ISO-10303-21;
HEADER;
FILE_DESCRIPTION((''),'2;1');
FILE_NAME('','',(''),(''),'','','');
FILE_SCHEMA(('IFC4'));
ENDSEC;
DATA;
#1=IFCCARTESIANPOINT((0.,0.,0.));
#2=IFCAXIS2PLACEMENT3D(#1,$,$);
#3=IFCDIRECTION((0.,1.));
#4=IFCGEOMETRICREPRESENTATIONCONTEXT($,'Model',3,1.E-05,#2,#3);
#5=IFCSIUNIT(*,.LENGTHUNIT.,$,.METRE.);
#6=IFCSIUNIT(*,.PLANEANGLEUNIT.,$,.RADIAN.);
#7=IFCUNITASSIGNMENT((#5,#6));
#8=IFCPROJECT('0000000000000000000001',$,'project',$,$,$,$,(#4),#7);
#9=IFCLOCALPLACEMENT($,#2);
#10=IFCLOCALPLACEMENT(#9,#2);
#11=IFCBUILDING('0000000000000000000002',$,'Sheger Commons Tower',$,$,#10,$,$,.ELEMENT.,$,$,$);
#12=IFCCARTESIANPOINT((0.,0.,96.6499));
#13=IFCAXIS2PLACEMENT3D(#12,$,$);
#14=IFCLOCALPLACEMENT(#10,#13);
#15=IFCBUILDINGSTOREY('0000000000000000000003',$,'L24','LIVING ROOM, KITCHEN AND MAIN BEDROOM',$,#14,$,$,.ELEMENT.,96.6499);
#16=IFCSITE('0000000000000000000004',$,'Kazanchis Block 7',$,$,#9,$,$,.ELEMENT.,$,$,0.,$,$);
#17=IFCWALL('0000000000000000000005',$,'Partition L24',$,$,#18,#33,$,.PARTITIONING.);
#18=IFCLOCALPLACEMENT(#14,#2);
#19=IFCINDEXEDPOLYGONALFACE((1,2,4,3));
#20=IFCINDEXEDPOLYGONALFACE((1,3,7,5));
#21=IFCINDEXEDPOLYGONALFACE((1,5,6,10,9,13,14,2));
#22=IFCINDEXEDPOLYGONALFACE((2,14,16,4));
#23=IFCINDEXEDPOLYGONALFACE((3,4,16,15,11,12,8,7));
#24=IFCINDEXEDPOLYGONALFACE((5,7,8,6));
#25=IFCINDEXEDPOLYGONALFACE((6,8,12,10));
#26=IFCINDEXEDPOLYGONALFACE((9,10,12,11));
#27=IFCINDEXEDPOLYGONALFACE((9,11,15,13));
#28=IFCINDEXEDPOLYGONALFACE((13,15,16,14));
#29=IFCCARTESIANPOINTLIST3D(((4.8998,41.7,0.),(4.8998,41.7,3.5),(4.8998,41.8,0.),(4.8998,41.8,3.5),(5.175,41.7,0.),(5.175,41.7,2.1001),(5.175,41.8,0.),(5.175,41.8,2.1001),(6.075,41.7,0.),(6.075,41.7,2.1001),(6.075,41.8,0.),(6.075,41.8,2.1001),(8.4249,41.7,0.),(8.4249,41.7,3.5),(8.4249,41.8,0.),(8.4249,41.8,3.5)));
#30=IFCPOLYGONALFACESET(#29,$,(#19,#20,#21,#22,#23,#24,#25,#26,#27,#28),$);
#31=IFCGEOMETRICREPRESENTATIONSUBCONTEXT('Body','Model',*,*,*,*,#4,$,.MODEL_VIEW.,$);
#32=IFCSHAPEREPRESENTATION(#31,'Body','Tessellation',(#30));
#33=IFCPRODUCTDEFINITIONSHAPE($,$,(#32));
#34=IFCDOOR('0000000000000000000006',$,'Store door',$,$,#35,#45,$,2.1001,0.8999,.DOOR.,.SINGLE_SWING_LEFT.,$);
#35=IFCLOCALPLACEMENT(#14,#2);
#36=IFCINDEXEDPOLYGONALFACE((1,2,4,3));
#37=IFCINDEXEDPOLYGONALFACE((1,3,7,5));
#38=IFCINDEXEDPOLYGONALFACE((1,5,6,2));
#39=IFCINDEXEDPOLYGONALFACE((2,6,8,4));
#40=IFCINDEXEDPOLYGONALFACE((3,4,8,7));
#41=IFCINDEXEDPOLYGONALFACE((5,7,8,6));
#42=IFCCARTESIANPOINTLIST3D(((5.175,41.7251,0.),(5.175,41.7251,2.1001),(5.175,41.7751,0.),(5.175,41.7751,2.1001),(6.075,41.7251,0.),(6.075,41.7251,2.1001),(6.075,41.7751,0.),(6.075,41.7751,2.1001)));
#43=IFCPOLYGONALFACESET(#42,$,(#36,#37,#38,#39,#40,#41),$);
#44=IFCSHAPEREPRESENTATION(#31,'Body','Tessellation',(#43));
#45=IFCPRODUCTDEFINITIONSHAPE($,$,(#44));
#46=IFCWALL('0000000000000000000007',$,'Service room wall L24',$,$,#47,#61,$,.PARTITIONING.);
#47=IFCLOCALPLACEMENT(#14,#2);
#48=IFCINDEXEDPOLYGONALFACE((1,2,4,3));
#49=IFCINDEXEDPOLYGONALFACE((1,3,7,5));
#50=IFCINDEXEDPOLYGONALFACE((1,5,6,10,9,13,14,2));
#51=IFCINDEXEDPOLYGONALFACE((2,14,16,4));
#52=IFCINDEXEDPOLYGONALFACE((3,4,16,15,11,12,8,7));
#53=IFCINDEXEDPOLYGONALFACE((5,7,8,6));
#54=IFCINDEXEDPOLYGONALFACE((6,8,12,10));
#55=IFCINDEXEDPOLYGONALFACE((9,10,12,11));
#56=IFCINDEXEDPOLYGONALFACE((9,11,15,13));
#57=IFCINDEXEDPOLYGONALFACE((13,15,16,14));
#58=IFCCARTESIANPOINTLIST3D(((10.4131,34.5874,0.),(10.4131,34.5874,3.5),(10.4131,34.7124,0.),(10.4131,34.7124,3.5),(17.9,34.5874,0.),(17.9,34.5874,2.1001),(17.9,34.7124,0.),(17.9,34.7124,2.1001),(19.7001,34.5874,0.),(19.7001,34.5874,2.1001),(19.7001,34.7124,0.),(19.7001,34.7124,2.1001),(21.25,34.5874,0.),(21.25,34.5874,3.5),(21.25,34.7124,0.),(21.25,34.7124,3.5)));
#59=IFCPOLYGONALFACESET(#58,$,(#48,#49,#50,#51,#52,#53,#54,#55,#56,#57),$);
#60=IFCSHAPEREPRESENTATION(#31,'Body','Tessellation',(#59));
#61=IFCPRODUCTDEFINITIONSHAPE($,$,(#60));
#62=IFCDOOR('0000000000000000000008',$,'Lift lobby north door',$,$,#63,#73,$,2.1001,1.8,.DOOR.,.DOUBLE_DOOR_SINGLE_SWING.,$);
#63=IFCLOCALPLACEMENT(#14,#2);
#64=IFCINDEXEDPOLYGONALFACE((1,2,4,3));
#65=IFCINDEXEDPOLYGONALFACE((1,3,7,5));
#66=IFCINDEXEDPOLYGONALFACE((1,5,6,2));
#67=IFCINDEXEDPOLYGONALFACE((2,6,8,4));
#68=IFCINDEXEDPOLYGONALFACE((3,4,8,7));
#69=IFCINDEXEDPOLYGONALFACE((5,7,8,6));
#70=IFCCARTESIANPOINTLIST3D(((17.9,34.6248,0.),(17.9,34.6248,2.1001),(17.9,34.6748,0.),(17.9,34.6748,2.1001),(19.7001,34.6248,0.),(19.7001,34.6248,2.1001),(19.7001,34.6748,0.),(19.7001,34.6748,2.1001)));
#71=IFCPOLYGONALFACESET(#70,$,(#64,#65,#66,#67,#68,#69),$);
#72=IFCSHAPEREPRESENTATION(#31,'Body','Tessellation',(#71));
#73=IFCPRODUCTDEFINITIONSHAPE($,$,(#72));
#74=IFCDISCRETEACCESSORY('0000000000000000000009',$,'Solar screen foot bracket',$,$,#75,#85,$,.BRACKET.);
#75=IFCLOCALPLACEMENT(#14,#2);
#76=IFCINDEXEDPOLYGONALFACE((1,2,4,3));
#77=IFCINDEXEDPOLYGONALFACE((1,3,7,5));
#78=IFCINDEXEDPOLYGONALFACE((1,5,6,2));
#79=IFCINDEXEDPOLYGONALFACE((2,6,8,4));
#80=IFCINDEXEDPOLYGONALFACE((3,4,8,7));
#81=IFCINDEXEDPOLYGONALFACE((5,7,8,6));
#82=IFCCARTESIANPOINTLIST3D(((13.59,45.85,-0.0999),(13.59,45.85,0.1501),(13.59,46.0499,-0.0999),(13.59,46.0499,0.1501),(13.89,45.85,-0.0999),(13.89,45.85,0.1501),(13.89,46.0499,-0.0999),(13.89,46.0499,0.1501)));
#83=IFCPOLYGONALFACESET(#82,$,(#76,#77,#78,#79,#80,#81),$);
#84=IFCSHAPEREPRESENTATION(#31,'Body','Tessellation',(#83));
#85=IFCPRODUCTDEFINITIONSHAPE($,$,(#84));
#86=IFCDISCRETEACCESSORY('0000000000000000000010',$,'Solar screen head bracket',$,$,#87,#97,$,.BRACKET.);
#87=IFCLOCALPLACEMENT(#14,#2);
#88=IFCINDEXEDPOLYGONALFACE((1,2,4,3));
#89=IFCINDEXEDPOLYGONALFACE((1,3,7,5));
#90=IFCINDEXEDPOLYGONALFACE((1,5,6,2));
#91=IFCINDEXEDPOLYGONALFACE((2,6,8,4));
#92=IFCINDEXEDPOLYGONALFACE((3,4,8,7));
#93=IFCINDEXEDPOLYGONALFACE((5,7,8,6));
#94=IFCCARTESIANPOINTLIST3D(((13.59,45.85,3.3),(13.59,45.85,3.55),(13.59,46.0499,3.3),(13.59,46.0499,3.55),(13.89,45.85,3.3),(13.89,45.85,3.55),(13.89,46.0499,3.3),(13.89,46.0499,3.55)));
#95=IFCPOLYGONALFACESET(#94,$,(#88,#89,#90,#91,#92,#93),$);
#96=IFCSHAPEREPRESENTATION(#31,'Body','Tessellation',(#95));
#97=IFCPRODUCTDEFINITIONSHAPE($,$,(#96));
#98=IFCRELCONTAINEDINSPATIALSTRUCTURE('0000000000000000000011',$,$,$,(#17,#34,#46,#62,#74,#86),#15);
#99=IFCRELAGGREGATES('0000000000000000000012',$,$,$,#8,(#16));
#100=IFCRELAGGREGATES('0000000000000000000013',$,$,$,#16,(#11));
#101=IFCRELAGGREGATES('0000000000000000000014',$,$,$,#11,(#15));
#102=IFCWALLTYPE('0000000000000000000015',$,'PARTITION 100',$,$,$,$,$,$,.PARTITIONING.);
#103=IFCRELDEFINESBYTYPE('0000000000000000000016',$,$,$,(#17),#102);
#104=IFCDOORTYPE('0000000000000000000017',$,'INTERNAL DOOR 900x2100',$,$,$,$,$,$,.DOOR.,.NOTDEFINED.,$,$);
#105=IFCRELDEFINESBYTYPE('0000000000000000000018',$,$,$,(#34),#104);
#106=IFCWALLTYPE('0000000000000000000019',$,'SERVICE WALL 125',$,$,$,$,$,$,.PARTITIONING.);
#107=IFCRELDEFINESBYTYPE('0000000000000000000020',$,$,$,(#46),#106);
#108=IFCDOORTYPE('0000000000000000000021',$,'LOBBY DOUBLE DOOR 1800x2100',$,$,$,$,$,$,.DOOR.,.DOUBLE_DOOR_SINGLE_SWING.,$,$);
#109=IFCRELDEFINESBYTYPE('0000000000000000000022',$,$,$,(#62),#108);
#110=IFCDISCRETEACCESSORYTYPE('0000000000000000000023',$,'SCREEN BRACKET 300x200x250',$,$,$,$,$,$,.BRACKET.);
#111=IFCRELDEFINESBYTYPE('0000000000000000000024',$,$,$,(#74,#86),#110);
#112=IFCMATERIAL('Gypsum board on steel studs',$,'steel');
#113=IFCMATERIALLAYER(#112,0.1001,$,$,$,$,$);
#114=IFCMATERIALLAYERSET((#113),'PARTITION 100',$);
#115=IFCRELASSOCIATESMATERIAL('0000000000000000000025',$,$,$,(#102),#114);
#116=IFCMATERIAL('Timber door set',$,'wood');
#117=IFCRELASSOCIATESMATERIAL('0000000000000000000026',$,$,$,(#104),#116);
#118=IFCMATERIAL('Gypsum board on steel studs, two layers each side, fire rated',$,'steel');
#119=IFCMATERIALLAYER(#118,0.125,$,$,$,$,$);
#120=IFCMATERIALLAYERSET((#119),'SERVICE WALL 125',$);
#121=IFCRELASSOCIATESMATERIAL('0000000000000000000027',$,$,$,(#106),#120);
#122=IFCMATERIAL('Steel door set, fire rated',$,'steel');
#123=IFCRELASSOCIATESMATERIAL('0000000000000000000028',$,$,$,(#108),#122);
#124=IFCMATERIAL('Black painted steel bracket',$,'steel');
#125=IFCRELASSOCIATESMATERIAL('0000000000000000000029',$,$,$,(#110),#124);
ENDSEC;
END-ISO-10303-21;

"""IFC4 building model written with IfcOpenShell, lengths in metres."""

from ifc_helpers import new_model, si_unit, direction, frame, frame_2d, origin, origin_2d, place, context, subcontext, project, spatial, rectangle, extrude, material, layer, layer_set, type_object, element, fill, save


model = new_model("IFC4")

# Units and contexts
model_context = context("Model", 3, precision=1e-05, world=origin(), true_north=direction((0.0, 1.0)))
body_context = subcontext(model_context, "Body", "Model", "MODEL_VIEW")
ifc_project = project(units=[si_unit("LENGTHUNIT", "METRE"), si_unit("PLANEANGLEUNIT", "RADIAN")], contexts=[model_context])

# Site, building, storey
site_placement = place(None, origin())
site = spatial("IfcSite", under=ifc_project, at=site_placement, Name="Kazanchis Block 7", CompositionType="ELEMENT", RefElevation=0.0)
building_placement = place(site_placement, origin())
building = spatial("IfcBuilding", under=site, at=building_placement, Name="Sheger Commons Tower", CompositionType="ELEMENT")
storey_placement = place(building_placement, frame((0.0, 0.0, 96.6499)))
storey = spatial("IfcBuildingStorey", under=building, at=storey_placement, Name="L24", Description="LIVING ROOM, KITCHEN AND MAIN BEDROOM", CompositionType="ELEMENT", Elevation=96.6499)

# Shared definitions
ifc_material_1 = material(Name="Gypsum board on steel studs", Category="steel")
ifc_layer_1 = layer(ifc_material_1, 0.1001)
ifc_layer_set_1 = layer_set([ifc_layer_1], Name="PARTITION 100")
wall_type_1 = type_object("IfcWallType", Name="PARTITION 100", PredefinedType="PARTITIONING", material=ifc_layer_set_1)

# Walls, openings, doors
wall_1_placement = place(storey_placement, frame((8.425, 41.75, 0.0), z_axis=(0.0, 0.0, 1.0), x_axis=(-1.0, 0.0, 0.0)))
wall_1 = element("IfcWall", 1, at=wall_1_placement, inside=storey, type_object=wall_type_1, Name="Partition L24", PredefinedType="PARTITIONING", context=body_context, shape_type="SweptSolid", body=[
    extrude(rectangle(XDim=3.5251, YDim=0.1001, at=frame_2d((1.7627, 0.0))), origin(), (0.0, 0.0, 1.0), 3.5),
])
opening_1_placement = place(wall_1_placement, frame((2.3501, 0.0, 0.0)))
opening_1 = element("IfcOpeningElement", 2, at=opening_1_placement, cuts=wall_1, PredefinedType="OPENING", context=body_context, shape_type="SweptSolid", body=[
    extrude(rectangle(XDim=0.8999, YDim=2.1001, at=frame_2d((0.45, 1.05))), frame((0.0, 0.0601, 0.0), z_axis=(0.0, -1.0, 0.0), x_axis=(1.0, 0.0, 0.0)), (0.0, 0.0, 1.0), 0.1201),
])
ifc_material_2 = material(Name="Timber door set", Category="wood")
door_type_1 = type_object("IfcDoorType", Name="INTERNAL DOOR 900x2100", OperationType="NOTDEFINED", PredefinedType="DOOR", material=ifc_material_2)
door_1_placement = place(opening_1_placement, origin())
door_1 = element("IfcDoor", 3, at=door_1_placement, inside=storey, type_object=door_type_1, Name="Store door", OperationType="SINGLE_SWING_LEFT", OverallHeight=2.1001, OverallWidth=0.8999, PredefinedType="DOOR", context=body_context, shape_type="SweptSolid", body=[
    extrude(rectangle(XDim=0.8999, YDim=2.1001, at=frame_2d((0.45, 1.05))), frame((0.0, 0.0249, 0.0), z_axis=(0.0, -1.0, 0.0), x_axis=(1.0, 0.0, 0.0)), (0.0, 0.0, 1.0), 0.05),
])
fill(opening_1, door_1)
ifc_material_3 = material(Name="Gypsum board on steel studs, two layers each side, fire rated", Category="steel")
ifc_layer_2 = layer(ifc_material_3, 0.125)
ifc_layer_set_2 = layer_set([ifc_layer_2], Name="SERVICE WALL 125")
wall_type_2 = type_object("IfcWallType", Name="SERVICE WALL 125", PredefinedType="PARTITIONING", material=ifc_layer_set_2)
wall_2_placement = place(storey_placement, frame((10.4131, 34.6499, 0.0), z_axis=(0.0, 0.0, 1.0), x_axis=(1.0, 0.0, 0.0)))
wall_2 = element("IfcWall", 4, at=wall_2_placement, inside=storey, type_object=wall_type_2, Name="Service room wall L24", PredefinedType="PARTITIONING", context=body_context, shape_type="SweptSolid", body=[
    extrude(rectangle(XDim=10.8369, YDim=0.125, at=frame_2d((5.4185, 0.0))), origin(), (0.0, 0.0, 1.0), 3.5),
])
opening_2_placement = place(wall_2_placement, frame((7.4871, 0.0, 0.0)))
opening_2 = element("IfcOpeningElement", 5, at=opening_2_placement, cuts=wall_2, PredefinedType="OPENING", context=body_context, shape_type="SweptSolid", body=[
    extrude(rectangle(XDim=1.8, YDim=2.1001, at=frame_2d((0.8999, 1.05))), frame((0.0, 0.0725, 0.0), z_axis=(0.0, -1.0, 0.0), x_axis=(1.0, 0.0, 0.0)), (0.0, 0.0, 1.0), 0.145),
])
ifc_material_4 = material(Name="Steel door set, fire rated", Category="steel")
door_type_2 = type_object("IfcDoorType", Name="LOBBY DOUBLE DOOR 1800x2100", OperationType="DOUBLE_DOOR_SINGLE_SWING", PredefinedType="DOOR", material=ifc_material_4)
door_2_placement = place(opening_2_placement, origin())
door_2 = element("IfcDoor", 6, at=door_2_placement, inside=storey, type_object=door_type_2, Name="Lift lobby north door", OperationType="DOUBLE_DOOR_SINGLE_SWING", OverallHeight=2.1001, OverallWidth=1.8, PredefinedType="DOOR", context=body_context, shape_type="SweptSolid", body=[
    extrude(rectangle(XDim=1.8, YDim=2.1001, at=frame_2d((0.8999, 1.05))), frame((0.0, 0.0249, 0.0), z_axis=(0.0, -1.0, 0.0), x_axis=(1.0, 0.0, 0.0)), (0.0, 0.0, 1.0), 0.05),
])
fill(opening_2, door_2)

# Discrete accessories
ifc_material_5 = material(Name="Black painted steel bracket", Category="steel")
discrete_accessory_type = type_object("IfcDiscreteAccessoryType", Name="SCREEN BRACKET 300x200x250", PredefinedType="BRACKET", material=ifc_material_5)
for number, where, z_axis, x_axis, name in (
    (7, (13.74, 45.95, -0.0999), (0.0, 0.0, 1.0), (-1.0, 0.0, 0.0), "Solar screen foot bracket"),
    (8, (13.74, 45.95, 3.3), (0.0, 0.0, 1.0), (-1.0, 0.0, 0.0), "Solar screen head bracket"),
):
    element("IfcDiscreteAccessory", number, at=place(storey_placement, frame(where, z_axis=z_axis, x_axis=x_axis)), inside=storey, type_object=discrete_accessory_type, Name=name, PredefinedType="BRACKET", context=body_context, shape_type="SweptSolid", body=[
        extrude(rectangle(XDim=0.3, YDim=0.2, at=origin_2d()), origin(), (0.0, 0.0, 1.0), 0.25),
    ])

save(model, "model.ifc")
